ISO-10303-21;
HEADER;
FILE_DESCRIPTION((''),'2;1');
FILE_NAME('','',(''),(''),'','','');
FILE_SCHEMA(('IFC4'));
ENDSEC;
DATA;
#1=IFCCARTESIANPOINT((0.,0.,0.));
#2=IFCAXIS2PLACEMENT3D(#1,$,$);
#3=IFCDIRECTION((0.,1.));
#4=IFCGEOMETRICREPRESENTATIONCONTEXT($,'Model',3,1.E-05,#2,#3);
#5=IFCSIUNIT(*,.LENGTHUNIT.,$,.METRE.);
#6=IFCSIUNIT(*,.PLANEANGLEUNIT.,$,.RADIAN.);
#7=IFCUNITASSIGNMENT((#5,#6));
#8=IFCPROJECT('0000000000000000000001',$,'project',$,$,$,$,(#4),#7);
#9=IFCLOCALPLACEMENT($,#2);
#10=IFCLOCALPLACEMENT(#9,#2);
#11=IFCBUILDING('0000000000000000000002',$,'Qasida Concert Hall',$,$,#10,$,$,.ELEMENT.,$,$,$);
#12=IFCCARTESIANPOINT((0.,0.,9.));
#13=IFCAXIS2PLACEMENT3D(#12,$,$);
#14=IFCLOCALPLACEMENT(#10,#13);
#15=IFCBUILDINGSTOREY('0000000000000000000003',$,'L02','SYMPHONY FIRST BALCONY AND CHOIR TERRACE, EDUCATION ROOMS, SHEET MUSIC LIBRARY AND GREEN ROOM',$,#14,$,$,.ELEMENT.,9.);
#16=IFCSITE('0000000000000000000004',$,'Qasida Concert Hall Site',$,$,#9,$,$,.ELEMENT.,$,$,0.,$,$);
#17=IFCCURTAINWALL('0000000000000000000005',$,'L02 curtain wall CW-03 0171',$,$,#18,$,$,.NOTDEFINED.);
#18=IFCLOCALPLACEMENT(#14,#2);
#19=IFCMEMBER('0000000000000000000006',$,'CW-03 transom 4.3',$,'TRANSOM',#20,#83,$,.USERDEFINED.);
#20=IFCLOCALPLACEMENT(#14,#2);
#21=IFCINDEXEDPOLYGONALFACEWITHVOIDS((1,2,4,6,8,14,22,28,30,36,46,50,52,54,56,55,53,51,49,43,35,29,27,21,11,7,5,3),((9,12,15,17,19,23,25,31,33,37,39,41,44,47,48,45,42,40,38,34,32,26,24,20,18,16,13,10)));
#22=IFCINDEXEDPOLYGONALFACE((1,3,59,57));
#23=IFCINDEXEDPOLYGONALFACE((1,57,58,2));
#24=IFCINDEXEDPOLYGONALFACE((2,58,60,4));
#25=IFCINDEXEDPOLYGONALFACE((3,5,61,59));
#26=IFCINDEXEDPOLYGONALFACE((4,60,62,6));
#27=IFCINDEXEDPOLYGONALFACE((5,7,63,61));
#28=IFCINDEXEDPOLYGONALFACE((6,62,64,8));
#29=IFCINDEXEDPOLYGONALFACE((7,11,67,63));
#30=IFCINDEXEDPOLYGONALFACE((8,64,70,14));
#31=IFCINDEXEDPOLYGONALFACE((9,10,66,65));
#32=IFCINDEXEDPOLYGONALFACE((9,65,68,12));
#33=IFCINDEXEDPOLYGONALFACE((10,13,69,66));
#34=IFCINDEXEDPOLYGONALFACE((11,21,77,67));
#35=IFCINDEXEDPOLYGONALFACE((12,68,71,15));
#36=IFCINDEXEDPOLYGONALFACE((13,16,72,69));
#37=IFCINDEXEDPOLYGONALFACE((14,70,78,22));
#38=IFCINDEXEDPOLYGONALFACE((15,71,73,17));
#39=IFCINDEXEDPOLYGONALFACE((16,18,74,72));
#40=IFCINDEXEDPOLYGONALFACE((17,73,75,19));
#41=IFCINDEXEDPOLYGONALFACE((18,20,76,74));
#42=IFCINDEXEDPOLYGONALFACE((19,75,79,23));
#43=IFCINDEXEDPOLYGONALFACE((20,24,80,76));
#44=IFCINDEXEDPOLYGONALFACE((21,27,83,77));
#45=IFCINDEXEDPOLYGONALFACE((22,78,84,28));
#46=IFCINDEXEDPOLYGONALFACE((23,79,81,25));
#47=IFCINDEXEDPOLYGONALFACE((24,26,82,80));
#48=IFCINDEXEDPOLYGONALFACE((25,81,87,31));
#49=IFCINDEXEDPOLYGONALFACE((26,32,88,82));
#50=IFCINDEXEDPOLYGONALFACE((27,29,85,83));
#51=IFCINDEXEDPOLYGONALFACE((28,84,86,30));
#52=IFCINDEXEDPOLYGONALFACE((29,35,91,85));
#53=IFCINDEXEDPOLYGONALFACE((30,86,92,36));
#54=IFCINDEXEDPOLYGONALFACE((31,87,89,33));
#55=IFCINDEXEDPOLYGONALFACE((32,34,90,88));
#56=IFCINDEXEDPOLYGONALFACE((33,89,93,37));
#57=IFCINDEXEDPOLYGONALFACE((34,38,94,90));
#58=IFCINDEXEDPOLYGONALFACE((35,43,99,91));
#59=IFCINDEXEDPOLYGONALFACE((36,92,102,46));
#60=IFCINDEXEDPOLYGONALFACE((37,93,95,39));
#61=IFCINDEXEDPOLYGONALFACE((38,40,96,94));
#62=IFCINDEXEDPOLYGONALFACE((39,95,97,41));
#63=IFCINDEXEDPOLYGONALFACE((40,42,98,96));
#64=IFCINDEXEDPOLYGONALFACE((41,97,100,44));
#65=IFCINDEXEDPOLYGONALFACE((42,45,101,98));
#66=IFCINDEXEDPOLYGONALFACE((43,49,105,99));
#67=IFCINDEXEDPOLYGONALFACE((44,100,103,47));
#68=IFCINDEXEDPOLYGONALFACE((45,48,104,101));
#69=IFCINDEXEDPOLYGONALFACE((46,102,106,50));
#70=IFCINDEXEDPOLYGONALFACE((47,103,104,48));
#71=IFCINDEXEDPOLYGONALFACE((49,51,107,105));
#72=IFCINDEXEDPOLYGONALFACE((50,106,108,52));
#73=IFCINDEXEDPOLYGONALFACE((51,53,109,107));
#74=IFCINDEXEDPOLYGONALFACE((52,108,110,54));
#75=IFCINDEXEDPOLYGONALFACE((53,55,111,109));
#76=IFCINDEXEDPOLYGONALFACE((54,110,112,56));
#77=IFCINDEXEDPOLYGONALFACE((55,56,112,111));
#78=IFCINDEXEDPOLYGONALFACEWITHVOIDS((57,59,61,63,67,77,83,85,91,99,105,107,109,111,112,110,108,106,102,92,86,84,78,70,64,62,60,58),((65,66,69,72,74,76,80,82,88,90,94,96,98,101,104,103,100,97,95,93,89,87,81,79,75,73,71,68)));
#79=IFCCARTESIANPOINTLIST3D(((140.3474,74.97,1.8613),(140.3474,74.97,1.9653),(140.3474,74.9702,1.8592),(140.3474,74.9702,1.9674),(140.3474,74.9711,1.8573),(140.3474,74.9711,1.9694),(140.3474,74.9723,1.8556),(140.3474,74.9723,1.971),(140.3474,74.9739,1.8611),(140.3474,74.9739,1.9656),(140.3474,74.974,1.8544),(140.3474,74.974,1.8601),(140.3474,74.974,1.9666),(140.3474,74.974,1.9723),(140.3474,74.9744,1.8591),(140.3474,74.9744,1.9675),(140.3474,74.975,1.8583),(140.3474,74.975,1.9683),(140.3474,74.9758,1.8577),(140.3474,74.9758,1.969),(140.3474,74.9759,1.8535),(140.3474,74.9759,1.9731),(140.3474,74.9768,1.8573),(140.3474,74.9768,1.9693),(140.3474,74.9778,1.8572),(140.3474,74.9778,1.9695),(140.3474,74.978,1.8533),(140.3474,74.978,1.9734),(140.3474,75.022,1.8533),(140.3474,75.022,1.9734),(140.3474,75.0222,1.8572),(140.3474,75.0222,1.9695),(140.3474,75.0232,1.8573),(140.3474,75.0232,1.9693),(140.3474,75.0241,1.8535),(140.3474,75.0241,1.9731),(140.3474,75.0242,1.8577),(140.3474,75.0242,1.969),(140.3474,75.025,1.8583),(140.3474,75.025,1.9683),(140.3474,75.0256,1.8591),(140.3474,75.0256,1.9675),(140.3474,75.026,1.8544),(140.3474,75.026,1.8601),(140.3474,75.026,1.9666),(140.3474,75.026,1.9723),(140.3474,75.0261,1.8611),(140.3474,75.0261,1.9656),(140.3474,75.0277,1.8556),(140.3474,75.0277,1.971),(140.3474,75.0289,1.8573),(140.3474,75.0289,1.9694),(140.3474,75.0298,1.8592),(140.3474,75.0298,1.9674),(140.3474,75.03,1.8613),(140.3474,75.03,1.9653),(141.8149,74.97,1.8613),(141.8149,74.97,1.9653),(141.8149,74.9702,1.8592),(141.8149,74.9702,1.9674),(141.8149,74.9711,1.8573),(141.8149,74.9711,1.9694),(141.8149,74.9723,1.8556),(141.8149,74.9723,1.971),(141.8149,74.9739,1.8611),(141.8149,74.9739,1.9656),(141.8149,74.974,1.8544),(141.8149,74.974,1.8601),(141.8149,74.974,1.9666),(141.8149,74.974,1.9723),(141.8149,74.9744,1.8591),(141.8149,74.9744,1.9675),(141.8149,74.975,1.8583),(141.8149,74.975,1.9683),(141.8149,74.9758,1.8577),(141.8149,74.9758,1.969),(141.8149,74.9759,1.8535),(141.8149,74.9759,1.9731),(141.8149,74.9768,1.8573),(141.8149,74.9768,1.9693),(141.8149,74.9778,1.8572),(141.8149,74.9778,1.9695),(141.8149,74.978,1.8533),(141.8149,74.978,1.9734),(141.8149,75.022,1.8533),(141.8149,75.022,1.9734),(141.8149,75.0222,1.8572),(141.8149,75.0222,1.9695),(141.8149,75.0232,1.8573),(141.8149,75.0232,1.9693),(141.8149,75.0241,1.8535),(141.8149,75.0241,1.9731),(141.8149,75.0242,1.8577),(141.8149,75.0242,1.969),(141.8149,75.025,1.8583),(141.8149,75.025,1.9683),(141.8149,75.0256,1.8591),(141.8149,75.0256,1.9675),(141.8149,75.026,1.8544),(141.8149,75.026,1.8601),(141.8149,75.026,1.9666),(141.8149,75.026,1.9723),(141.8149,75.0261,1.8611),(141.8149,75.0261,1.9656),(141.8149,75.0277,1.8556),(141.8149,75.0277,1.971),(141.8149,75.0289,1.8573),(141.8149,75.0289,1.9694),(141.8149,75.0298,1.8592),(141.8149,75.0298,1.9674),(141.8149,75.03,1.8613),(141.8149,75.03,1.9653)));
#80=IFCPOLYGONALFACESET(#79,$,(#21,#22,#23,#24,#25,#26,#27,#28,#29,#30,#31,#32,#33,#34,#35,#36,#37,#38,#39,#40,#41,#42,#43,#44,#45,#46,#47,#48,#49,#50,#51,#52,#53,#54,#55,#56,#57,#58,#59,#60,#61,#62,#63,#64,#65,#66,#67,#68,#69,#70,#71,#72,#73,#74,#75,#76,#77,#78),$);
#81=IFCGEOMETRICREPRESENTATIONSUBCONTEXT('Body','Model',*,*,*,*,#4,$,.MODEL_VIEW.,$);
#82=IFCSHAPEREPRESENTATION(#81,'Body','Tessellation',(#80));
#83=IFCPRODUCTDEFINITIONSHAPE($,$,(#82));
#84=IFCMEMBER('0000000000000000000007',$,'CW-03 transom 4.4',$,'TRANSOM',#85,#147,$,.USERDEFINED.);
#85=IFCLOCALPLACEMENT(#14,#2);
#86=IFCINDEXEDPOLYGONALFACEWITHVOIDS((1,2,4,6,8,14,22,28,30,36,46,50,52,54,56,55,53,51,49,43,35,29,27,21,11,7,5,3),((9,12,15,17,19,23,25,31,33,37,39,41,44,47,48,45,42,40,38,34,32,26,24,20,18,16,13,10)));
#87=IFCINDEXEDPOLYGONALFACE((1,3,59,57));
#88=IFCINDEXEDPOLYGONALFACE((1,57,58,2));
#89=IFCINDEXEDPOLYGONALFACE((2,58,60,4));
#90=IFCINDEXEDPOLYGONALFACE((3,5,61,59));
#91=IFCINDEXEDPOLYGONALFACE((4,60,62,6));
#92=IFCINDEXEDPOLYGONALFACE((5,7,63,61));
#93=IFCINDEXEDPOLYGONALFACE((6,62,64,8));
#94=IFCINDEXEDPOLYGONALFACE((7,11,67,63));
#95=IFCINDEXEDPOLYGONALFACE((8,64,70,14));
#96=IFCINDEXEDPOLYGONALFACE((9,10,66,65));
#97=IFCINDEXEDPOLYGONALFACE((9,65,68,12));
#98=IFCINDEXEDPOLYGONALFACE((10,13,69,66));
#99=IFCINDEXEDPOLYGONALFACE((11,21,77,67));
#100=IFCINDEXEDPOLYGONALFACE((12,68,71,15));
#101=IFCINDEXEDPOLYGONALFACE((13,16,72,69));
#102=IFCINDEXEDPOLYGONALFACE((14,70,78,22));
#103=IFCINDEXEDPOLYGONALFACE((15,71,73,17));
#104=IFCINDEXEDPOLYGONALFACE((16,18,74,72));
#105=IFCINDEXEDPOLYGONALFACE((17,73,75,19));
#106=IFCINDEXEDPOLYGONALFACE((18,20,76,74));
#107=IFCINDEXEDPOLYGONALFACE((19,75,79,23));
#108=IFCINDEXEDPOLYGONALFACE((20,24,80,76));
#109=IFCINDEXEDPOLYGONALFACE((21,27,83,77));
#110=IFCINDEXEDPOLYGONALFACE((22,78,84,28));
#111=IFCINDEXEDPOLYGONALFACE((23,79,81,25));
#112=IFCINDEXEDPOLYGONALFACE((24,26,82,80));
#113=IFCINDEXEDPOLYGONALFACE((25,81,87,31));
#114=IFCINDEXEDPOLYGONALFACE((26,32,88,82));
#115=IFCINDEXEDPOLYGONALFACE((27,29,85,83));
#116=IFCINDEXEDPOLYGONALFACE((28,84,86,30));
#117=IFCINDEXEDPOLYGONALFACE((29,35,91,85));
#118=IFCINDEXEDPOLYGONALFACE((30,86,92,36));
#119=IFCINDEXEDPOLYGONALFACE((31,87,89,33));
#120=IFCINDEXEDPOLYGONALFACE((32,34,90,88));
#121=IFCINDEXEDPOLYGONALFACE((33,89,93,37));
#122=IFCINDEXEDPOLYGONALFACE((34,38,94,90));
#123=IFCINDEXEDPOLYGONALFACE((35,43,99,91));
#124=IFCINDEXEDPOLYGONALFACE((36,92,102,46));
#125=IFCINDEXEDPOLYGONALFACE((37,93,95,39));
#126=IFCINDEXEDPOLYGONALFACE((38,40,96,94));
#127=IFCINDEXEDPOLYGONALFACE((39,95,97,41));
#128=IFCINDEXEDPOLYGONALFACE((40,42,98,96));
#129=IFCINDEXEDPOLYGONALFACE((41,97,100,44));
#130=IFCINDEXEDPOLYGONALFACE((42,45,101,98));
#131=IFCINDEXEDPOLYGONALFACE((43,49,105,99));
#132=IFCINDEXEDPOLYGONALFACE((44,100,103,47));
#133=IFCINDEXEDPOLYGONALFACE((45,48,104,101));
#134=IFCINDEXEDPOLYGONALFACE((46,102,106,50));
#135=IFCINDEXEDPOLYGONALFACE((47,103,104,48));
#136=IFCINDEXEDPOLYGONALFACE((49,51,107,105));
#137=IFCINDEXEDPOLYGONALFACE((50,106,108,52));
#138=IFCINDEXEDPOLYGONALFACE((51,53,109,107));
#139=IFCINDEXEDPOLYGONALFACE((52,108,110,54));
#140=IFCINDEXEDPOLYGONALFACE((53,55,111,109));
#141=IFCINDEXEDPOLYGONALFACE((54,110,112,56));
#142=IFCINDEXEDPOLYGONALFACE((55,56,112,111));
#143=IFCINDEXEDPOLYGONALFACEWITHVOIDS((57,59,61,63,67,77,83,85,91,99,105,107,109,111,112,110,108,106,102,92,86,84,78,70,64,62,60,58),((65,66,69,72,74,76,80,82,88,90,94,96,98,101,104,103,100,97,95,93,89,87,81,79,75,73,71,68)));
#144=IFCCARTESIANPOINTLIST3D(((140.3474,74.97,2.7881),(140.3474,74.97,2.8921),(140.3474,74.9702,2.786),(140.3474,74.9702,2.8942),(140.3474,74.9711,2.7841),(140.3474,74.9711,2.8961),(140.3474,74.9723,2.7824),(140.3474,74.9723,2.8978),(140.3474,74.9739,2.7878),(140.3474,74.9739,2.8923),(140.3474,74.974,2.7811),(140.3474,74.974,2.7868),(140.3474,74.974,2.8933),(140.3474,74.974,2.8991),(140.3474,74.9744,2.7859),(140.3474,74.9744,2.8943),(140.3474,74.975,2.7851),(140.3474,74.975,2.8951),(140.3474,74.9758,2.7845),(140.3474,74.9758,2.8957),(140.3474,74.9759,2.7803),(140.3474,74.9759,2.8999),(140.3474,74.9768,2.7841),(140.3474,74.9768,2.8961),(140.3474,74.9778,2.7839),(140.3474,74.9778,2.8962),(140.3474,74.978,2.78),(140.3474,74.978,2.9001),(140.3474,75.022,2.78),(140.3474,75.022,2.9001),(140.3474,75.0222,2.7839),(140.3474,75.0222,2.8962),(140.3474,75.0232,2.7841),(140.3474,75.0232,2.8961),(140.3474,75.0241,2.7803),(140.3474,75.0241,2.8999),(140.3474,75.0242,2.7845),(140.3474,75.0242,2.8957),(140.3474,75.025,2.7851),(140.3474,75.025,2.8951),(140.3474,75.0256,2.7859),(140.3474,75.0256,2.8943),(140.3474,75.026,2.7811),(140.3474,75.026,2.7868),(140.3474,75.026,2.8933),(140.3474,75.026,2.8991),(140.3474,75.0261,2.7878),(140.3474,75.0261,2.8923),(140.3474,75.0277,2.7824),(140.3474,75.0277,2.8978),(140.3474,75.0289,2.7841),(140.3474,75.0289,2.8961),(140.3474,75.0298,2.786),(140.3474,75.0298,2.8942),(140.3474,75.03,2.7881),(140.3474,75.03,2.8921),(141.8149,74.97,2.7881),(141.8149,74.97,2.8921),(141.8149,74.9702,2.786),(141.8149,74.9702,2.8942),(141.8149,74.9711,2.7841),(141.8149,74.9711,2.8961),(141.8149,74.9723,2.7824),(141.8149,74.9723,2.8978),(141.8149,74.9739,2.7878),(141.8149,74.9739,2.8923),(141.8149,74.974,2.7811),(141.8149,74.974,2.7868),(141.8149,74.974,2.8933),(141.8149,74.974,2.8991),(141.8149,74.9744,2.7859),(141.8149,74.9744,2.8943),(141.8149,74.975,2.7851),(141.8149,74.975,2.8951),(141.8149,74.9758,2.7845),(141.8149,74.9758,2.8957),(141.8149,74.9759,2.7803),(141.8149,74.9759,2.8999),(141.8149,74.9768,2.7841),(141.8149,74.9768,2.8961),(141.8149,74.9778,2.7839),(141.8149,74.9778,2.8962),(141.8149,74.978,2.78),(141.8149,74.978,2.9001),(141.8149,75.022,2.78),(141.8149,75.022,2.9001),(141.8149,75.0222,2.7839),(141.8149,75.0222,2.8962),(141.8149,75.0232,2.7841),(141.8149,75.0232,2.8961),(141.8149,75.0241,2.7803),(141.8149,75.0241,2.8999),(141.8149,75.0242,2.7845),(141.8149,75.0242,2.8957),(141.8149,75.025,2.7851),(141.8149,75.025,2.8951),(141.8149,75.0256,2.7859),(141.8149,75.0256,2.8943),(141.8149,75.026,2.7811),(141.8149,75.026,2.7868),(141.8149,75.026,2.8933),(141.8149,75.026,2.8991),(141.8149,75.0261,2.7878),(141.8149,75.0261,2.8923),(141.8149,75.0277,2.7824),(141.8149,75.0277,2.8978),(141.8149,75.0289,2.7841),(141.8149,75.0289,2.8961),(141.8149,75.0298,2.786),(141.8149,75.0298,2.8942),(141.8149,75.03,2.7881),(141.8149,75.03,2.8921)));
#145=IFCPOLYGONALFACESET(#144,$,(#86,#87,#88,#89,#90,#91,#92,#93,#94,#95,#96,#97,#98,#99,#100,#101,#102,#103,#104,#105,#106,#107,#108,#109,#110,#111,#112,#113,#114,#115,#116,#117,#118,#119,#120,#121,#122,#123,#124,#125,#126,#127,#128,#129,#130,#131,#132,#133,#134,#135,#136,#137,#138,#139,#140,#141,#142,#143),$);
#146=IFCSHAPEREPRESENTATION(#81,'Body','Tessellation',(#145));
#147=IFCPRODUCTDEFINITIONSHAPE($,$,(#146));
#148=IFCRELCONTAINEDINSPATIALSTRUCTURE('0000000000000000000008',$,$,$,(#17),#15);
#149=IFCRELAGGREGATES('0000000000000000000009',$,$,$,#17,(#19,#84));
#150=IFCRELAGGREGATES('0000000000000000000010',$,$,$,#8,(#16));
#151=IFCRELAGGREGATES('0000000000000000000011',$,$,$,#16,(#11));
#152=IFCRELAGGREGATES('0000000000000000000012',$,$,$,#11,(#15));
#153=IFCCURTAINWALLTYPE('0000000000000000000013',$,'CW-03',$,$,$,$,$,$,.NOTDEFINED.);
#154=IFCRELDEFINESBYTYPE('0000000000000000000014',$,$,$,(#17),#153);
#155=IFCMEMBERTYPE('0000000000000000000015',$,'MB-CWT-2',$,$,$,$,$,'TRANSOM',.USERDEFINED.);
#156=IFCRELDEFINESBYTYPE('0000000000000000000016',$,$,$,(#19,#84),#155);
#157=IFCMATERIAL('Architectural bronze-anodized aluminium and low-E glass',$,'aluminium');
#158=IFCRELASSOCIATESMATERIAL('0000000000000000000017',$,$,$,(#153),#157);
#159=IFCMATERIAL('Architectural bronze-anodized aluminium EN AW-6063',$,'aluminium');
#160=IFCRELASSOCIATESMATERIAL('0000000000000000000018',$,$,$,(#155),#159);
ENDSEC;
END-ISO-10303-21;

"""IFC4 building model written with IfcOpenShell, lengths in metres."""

from ifc_helpers import new_model, si_unit, direction, frame, origin, origin_2d, place, context, subcontext, project, spatial, hollow_rectangle, extrude, material, material_profile, profile_set, type_object, element, aggregate, save


model = new_model("IFC4")

# Units and contexts
model_context = context("Model", 3, precision=1e-05, world=origin(), true_north=direction((0.0, 1.0)))
body_context = subcontext(model_context, "Body", "Model", "MODEL_VIEW")
ifc_project = project(units=[si_unit("LENGTHUNIT", "METRE"), si_unit("PLANEANGLEUNIT", "RADIAN")], contexts=[model_context])

# Site, building, storey
site_placement = place(None, origin())
site = spatial("IfcSite", under=ifc_project, at=site_placement, Name="Qasida Concert Hall Site", CompositionType="ELEMENT", RefElevation=0.0)
building_placement = place(site_placement, origin())
building = spatial("IfcBuilding", under=site, at=building_placement, Name="Qasida Concert Hall", CompositionType="ELEMENT")
storey_placement = place(building_placement, frame((0.0, 0.0, 9.0)))
storey = spatial("IfcBuildingStorey", under=building, at=storey_placement, Name="L02", Description="SYMPHONY FIRST BALCONY AND CHOIR TERRACE, EDUCATION ROOMS, SHEET MUSIC LIBRARY AND GREEN ROOM", CompositionType="ELEMENT", Elevation=9.0)

# Curtain wall
ifc_material_1 = material(Name="Architectural bronze-anodized aluminium and low-E glass", Category="aluminium")
curtain_wall_type = type_object("IfcCurtainWallType", Name="CW-03", PredefinedType="NOTDEFINED", material=ifc_material_1)
curtain_wall_1_placement = place(storey_placement, origin())
curtain_wall_1 = element("IfcCurtainWall", 1, at=curtain_wall_1_placement, inside=storey, type_object=curtain_wall_type, Name="L02 curtain wall CW-03 0171", PredefinedType="NOTDEFINED")
ifc_material_2 = material(Name="Architectural bronze-anodized aluminium EN AW-6063", Category="aluminium")

# Members
ifc_material_profile_1 = material_profile(ifc_material_2, hollow_rectangle(XDim=0.0601, YDim=0.1201, WallThickness=0.0039, InnerFilletRadius=0.0039, OuterFilletRadius=0.0081, at=origin_2d()), Name="CWT 120x60x4")
ifc_profile_set_1 = profile_set([ifc_material_profile_1], Name="Architectural bronze-anodized aluminium EN AW-6063")
member_type_1 = type_object("IfcMemberType", Name="MB-CWT-2", ElementType="TRANSOM", PredefinedType="USERDEFINED", material=ifc_profile_set_1)
member_1_placement = place(storey_placement, frame((140.3474, 75.0, 1.9133), z_axis=(1.0, 0.0, 0.0), x_axis=(0.0, 1.0, 0.0)))
member_1 = element("IfcMember", 2, at=member_1_placement, type_object=member_type_1, Name="CW-03 transom 4.3", ObjectType="TRANSOM", PredefinedType="USERDEFINED", context=body_context, shape_type="SweptSolid", body=[
    extrude(hollow_rectangle(XDim=0.0601, YDim=0.1201, WallThickness=0.0039, InnerFilletRadius=0.0039, OuterFilletRadius=0.0081, at=origin_2d()), origin(), (0.0, 0.0, 1.0), 1.4675),
])
member_2_placement = place(storey_placement, frame((140.3474, 75.0, 2.8401), z_axis=(1.0, 0.0, 0.0), x_axis=(0.0, 1.0, 0.0)))
member_2 = element("IfcMember", 3, at=member_2_placement, type_object=member_type_1, Name="CW-03 transom 4.4", ObjectType="TRANSOM", PredefinedType="USERDEFINED", context=body_context, shape_type="SweptSolid", body=[
    extrude(hollow_rectangle(XDim=0.0601, YDim=0.1201, WallThickness=0.0039, InnerFilletRadius=0.0039, OuterFilletRadius=0.0081, at=origin_2d()), origin(), (0.0, 0.0, 1.0), 1.4675),
])

aggregate(curtain_wall_1, [member_1, member_2])

save(model, "model.ifc")
